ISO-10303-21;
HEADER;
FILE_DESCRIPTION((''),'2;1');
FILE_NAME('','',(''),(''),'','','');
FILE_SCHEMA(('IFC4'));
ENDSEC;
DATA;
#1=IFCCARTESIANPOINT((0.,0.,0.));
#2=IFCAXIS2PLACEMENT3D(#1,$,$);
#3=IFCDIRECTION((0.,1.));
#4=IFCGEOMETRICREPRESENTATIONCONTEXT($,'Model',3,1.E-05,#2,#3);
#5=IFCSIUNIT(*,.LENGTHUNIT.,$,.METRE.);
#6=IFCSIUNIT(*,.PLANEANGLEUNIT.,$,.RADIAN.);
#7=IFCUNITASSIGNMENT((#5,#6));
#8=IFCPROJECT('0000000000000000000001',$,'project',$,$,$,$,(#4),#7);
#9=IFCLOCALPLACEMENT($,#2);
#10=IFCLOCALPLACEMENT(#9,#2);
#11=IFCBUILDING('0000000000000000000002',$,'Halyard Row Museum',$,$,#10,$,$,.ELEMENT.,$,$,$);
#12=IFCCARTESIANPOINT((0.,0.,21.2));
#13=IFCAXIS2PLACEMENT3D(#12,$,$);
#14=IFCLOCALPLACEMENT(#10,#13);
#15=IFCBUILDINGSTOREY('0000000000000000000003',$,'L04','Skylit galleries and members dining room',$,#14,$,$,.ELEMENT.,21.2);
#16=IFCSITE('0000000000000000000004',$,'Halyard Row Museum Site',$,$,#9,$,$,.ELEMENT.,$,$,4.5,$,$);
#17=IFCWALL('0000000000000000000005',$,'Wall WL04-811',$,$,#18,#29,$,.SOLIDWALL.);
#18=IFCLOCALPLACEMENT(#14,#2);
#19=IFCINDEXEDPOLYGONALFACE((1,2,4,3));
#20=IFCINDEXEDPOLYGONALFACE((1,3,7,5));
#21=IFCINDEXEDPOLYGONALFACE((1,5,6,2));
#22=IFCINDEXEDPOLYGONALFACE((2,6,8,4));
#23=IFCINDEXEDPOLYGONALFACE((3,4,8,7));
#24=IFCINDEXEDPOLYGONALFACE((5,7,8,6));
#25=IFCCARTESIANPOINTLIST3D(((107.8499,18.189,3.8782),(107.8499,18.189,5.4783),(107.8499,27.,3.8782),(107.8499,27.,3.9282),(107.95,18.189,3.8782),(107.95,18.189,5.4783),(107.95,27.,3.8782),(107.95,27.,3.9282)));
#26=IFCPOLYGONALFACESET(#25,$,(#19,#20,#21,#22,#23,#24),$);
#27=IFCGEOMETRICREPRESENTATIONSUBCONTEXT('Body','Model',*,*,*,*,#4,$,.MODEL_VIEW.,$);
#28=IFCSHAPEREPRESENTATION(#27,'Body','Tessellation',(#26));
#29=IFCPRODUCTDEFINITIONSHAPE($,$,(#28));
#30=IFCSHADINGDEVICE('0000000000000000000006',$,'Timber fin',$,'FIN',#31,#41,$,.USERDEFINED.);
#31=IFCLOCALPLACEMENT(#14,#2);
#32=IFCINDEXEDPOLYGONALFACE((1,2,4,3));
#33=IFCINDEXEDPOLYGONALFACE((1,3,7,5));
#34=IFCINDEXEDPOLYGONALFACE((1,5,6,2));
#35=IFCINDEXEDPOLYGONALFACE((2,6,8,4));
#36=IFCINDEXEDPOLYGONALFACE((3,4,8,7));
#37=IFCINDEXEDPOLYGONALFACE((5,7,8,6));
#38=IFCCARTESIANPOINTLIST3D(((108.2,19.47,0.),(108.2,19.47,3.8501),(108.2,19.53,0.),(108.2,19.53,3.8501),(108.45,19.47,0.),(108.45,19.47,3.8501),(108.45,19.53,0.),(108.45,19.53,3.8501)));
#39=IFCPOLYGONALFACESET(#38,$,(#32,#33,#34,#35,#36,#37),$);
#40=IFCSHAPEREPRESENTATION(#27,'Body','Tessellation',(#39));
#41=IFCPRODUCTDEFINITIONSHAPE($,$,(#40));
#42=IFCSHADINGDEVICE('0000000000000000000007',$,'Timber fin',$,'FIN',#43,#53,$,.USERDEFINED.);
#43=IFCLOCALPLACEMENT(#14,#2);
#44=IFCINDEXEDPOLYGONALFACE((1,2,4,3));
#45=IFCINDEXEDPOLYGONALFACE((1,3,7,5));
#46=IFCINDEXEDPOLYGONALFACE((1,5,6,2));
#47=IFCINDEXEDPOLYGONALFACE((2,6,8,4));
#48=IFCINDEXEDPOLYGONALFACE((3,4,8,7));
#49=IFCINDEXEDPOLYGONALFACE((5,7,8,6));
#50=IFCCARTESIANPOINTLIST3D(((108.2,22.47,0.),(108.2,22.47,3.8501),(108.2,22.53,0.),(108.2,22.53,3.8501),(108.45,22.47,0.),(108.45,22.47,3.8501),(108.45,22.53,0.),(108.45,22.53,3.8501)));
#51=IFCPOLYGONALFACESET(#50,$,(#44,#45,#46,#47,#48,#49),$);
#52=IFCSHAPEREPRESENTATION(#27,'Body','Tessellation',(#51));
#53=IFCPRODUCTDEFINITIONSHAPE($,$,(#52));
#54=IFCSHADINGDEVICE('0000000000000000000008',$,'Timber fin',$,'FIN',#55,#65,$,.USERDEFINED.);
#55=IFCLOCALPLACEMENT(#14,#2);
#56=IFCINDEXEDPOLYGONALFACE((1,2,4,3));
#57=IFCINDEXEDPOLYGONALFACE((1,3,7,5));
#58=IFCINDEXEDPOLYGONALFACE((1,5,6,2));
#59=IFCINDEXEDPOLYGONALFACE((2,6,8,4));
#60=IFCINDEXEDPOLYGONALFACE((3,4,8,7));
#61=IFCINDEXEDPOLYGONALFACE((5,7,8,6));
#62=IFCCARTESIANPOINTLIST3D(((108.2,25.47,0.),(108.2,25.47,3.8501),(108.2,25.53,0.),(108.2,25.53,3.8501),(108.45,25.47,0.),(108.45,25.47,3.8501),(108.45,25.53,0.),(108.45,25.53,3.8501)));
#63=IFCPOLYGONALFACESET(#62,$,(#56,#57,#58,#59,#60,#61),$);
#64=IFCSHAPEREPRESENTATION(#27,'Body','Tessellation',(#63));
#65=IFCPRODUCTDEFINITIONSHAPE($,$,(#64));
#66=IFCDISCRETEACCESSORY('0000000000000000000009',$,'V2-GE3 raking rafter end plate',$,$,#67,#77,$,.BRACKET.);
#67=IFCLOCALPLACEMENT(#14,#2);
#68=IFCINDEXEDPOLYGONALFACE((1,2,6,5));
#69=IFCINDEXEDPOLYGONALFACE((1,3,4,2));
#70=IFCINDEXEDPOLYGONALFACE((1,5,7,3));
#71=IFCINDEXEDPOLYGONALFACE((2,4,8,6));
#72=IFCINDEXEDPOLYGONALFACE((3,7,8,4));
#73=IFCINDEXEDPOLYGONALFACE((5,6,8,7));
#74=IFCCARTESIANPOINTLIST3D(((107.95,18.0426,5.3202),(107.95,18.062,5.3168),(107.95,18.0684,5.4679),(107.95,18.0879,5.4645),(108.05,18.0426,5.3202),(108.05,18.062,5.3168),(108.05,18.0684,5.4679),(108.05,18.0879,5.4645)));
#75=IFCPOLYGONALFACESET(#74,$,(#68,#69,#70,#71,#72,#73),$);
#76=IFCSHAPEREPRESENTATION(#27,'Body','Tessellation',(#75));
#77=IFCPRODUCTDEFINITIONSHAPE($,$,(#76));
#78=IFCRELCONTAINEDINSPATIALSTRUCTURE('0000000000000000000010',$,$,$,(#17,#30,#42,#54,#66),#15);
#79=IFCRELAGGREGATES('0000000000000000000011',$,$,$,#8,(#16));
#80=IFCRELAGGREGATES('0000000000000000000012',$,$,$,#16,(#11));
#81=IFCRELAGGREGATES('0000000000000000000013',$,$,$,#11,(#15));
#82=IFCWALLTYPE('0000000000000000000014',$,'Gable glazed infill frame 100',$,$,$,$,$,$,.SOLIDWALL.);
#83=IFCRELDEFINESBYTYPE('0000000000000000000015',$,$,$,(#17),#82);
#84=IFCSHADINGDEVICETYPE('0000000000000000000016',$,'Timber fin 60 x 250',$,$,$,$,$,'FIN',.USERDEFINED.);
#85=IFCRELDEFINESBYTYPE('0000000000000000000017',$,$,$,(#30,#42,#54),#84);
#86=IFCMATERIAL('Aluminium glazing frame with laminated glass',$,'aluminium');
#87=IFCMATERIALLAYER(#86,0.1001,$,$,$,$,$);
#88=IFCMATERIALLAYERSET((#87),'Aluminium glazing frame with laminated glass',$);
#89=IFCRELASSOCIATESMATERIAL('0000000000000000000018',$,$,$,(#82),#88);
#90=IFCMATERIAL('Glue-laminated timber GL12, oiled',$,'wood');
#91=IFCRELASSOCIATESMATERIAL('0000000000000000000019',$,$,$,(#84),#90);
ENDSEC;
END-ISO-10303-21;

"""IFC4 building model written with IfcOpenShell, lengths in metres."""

from ifc_helpers import new_model, si_unit, direction, frame, origin, origin_2d, place, context, subcontext, project, spatial, polyline, rectangle, outline, extrude, material, layer, layer_set, type_object, element, save


model = new_model("IFC4")

# Units and contexts
model_context = context("Model", 3, precision=1e-05, world=origin(), true_north=direction((0.0, 1.0)))
body_context = subcontext(model_context, "Body", "Model", "MODEL_VIEW")
ifc_project = project(units=[si_unit("LENGTHUNIT", "METRE"), si_unit("PLANEANGLEUNIT", "RADIAN")], contexts=[model_context])

# Site, building, storey
site_placement = place(None, origin())
site = spatial("IfcSite", under=ifc_project, at=site_placement, Name="Halyard Row Museum Site", CompositionType="ELEMENT", RefElevation=4.5)
building_placement = place(site_placement, origin())
building = spatial("IfcBuilding", under=site, at=building_placement, Name="Halyard Row Museum", CompositionType="ELEMENT")
storey_placement = place(building_placement, frame((0.0, 0.0, 21.2)))
storey = spatial("IfcBuildingStorey", under=building, at=storey_placement, Name="L04", Description="Skylit galleries and members dining room", CompositionType="ELEMENT", Elevation=21.2)

# Wall
ifc_material_1 = material(Name="Aluminium glazing frame with laminated glass", Category="aluminium")
ifc_layer_1 = layer(ifc_material_1, 0.1001)
ifc_layer_set_1 = layer_set([ifc_layer_1], Name="Aluminium glazing frame with laminated glass")
wall_type = type_object("IfcWallType", Name="Gable glazed infill frame 100", PredefinedType="SOLIDWALL", material=ifc_layer_set_1)
wall_placement = place(storey_placement, frame((107.8999, 18.189, 3.8782), z_axis=(0.0, 0.0, 1.0), x_axis=(0.0, 1.0, 0.0)))
element("IfcWall", 1, at=wall_placement, inside=storey, type_object=wall_type, Name="Wall WL04-811", PredefinedType="SOLIDWALL", context=body_context, shape_type="SweptSolid", body=[
    extrude(outline(polyline([(0.0, 0.0), (8.811, 0.0), (8.811, 0.05), (0.0, 1.6001), (0.0, 0.0)])), frame((0.0, 0.05, 0.0), z_axis=(0.0, -1.0, 0.0), x_axis=(1.0, 0.0, 0.0)), (0.0, 0.0, 1.0), 0.1001),
])

# Shading devices
ifc_material_2 = material(Name="Glue-laminated timber GL12, oiled", Category="wood")
shading_device_type = type_object("IfcShadingDeviceType", Name="Timber fin 60 x 250", ElementType="FIN", PredefinedType="USERDEFINED", material=ifc_material_2)
for number, where, z_axis, x_axis, name in (
    (2, (108.325, 19.5, 0.0), (0.0, 0.0, 1.0), (1.0, 0.0, 0.0), "Timber fin"),
    (3, (108.325, 22.5, 0.0), (0.0, 0.0, 1.0), (1.0, 0.0, 0.0), "Timber fin"),
    (4, (108.325, 25.5, 0.0), (0.0, 0.0, 1.0), (1.0, 0.0, 0.0), "Timber fin"),
):
    element("IfcShadingDevice", number, at=place(storey_placement, frame(where, z_axis=z_axis, x_axis=x_axis)), inside=storey, type_object=shading_device_type, Name=name, ObjectType="FIN", PredefinedType="USERDEFINED", context=body_context, shape_type="SweptSolid", body=[
        extrude(rectangle(XDim=0.25, YDim=0.0601, at=origin_2d()), origin(), (0.0, 0.0, 1.0), 3.8501),
    ])

# Discrete accessory
discrete_accessory_placement = place(storey_placement, frame((108.0, 18.075, 5.3906), z_axis=(0.0, -0.98503, 0.17238), x_axis=(1.0, 0.0, 0.0)))
element("IfcDiscreteAccessory", 5, at=discrete_accessory_placement, inside=storey, Name="V2-GE3 raking rafter end plate", PredefinedType="BRACKET", context=body_context, shape_type="SweptSolid", body=[
    extrude(rectangle(XDim=0.1001, YDim=0.1499, at=origin_2d()), origin(), (0.0, 0.0, 1.0), 0.0198),
])

save(model, "model.ifc")
